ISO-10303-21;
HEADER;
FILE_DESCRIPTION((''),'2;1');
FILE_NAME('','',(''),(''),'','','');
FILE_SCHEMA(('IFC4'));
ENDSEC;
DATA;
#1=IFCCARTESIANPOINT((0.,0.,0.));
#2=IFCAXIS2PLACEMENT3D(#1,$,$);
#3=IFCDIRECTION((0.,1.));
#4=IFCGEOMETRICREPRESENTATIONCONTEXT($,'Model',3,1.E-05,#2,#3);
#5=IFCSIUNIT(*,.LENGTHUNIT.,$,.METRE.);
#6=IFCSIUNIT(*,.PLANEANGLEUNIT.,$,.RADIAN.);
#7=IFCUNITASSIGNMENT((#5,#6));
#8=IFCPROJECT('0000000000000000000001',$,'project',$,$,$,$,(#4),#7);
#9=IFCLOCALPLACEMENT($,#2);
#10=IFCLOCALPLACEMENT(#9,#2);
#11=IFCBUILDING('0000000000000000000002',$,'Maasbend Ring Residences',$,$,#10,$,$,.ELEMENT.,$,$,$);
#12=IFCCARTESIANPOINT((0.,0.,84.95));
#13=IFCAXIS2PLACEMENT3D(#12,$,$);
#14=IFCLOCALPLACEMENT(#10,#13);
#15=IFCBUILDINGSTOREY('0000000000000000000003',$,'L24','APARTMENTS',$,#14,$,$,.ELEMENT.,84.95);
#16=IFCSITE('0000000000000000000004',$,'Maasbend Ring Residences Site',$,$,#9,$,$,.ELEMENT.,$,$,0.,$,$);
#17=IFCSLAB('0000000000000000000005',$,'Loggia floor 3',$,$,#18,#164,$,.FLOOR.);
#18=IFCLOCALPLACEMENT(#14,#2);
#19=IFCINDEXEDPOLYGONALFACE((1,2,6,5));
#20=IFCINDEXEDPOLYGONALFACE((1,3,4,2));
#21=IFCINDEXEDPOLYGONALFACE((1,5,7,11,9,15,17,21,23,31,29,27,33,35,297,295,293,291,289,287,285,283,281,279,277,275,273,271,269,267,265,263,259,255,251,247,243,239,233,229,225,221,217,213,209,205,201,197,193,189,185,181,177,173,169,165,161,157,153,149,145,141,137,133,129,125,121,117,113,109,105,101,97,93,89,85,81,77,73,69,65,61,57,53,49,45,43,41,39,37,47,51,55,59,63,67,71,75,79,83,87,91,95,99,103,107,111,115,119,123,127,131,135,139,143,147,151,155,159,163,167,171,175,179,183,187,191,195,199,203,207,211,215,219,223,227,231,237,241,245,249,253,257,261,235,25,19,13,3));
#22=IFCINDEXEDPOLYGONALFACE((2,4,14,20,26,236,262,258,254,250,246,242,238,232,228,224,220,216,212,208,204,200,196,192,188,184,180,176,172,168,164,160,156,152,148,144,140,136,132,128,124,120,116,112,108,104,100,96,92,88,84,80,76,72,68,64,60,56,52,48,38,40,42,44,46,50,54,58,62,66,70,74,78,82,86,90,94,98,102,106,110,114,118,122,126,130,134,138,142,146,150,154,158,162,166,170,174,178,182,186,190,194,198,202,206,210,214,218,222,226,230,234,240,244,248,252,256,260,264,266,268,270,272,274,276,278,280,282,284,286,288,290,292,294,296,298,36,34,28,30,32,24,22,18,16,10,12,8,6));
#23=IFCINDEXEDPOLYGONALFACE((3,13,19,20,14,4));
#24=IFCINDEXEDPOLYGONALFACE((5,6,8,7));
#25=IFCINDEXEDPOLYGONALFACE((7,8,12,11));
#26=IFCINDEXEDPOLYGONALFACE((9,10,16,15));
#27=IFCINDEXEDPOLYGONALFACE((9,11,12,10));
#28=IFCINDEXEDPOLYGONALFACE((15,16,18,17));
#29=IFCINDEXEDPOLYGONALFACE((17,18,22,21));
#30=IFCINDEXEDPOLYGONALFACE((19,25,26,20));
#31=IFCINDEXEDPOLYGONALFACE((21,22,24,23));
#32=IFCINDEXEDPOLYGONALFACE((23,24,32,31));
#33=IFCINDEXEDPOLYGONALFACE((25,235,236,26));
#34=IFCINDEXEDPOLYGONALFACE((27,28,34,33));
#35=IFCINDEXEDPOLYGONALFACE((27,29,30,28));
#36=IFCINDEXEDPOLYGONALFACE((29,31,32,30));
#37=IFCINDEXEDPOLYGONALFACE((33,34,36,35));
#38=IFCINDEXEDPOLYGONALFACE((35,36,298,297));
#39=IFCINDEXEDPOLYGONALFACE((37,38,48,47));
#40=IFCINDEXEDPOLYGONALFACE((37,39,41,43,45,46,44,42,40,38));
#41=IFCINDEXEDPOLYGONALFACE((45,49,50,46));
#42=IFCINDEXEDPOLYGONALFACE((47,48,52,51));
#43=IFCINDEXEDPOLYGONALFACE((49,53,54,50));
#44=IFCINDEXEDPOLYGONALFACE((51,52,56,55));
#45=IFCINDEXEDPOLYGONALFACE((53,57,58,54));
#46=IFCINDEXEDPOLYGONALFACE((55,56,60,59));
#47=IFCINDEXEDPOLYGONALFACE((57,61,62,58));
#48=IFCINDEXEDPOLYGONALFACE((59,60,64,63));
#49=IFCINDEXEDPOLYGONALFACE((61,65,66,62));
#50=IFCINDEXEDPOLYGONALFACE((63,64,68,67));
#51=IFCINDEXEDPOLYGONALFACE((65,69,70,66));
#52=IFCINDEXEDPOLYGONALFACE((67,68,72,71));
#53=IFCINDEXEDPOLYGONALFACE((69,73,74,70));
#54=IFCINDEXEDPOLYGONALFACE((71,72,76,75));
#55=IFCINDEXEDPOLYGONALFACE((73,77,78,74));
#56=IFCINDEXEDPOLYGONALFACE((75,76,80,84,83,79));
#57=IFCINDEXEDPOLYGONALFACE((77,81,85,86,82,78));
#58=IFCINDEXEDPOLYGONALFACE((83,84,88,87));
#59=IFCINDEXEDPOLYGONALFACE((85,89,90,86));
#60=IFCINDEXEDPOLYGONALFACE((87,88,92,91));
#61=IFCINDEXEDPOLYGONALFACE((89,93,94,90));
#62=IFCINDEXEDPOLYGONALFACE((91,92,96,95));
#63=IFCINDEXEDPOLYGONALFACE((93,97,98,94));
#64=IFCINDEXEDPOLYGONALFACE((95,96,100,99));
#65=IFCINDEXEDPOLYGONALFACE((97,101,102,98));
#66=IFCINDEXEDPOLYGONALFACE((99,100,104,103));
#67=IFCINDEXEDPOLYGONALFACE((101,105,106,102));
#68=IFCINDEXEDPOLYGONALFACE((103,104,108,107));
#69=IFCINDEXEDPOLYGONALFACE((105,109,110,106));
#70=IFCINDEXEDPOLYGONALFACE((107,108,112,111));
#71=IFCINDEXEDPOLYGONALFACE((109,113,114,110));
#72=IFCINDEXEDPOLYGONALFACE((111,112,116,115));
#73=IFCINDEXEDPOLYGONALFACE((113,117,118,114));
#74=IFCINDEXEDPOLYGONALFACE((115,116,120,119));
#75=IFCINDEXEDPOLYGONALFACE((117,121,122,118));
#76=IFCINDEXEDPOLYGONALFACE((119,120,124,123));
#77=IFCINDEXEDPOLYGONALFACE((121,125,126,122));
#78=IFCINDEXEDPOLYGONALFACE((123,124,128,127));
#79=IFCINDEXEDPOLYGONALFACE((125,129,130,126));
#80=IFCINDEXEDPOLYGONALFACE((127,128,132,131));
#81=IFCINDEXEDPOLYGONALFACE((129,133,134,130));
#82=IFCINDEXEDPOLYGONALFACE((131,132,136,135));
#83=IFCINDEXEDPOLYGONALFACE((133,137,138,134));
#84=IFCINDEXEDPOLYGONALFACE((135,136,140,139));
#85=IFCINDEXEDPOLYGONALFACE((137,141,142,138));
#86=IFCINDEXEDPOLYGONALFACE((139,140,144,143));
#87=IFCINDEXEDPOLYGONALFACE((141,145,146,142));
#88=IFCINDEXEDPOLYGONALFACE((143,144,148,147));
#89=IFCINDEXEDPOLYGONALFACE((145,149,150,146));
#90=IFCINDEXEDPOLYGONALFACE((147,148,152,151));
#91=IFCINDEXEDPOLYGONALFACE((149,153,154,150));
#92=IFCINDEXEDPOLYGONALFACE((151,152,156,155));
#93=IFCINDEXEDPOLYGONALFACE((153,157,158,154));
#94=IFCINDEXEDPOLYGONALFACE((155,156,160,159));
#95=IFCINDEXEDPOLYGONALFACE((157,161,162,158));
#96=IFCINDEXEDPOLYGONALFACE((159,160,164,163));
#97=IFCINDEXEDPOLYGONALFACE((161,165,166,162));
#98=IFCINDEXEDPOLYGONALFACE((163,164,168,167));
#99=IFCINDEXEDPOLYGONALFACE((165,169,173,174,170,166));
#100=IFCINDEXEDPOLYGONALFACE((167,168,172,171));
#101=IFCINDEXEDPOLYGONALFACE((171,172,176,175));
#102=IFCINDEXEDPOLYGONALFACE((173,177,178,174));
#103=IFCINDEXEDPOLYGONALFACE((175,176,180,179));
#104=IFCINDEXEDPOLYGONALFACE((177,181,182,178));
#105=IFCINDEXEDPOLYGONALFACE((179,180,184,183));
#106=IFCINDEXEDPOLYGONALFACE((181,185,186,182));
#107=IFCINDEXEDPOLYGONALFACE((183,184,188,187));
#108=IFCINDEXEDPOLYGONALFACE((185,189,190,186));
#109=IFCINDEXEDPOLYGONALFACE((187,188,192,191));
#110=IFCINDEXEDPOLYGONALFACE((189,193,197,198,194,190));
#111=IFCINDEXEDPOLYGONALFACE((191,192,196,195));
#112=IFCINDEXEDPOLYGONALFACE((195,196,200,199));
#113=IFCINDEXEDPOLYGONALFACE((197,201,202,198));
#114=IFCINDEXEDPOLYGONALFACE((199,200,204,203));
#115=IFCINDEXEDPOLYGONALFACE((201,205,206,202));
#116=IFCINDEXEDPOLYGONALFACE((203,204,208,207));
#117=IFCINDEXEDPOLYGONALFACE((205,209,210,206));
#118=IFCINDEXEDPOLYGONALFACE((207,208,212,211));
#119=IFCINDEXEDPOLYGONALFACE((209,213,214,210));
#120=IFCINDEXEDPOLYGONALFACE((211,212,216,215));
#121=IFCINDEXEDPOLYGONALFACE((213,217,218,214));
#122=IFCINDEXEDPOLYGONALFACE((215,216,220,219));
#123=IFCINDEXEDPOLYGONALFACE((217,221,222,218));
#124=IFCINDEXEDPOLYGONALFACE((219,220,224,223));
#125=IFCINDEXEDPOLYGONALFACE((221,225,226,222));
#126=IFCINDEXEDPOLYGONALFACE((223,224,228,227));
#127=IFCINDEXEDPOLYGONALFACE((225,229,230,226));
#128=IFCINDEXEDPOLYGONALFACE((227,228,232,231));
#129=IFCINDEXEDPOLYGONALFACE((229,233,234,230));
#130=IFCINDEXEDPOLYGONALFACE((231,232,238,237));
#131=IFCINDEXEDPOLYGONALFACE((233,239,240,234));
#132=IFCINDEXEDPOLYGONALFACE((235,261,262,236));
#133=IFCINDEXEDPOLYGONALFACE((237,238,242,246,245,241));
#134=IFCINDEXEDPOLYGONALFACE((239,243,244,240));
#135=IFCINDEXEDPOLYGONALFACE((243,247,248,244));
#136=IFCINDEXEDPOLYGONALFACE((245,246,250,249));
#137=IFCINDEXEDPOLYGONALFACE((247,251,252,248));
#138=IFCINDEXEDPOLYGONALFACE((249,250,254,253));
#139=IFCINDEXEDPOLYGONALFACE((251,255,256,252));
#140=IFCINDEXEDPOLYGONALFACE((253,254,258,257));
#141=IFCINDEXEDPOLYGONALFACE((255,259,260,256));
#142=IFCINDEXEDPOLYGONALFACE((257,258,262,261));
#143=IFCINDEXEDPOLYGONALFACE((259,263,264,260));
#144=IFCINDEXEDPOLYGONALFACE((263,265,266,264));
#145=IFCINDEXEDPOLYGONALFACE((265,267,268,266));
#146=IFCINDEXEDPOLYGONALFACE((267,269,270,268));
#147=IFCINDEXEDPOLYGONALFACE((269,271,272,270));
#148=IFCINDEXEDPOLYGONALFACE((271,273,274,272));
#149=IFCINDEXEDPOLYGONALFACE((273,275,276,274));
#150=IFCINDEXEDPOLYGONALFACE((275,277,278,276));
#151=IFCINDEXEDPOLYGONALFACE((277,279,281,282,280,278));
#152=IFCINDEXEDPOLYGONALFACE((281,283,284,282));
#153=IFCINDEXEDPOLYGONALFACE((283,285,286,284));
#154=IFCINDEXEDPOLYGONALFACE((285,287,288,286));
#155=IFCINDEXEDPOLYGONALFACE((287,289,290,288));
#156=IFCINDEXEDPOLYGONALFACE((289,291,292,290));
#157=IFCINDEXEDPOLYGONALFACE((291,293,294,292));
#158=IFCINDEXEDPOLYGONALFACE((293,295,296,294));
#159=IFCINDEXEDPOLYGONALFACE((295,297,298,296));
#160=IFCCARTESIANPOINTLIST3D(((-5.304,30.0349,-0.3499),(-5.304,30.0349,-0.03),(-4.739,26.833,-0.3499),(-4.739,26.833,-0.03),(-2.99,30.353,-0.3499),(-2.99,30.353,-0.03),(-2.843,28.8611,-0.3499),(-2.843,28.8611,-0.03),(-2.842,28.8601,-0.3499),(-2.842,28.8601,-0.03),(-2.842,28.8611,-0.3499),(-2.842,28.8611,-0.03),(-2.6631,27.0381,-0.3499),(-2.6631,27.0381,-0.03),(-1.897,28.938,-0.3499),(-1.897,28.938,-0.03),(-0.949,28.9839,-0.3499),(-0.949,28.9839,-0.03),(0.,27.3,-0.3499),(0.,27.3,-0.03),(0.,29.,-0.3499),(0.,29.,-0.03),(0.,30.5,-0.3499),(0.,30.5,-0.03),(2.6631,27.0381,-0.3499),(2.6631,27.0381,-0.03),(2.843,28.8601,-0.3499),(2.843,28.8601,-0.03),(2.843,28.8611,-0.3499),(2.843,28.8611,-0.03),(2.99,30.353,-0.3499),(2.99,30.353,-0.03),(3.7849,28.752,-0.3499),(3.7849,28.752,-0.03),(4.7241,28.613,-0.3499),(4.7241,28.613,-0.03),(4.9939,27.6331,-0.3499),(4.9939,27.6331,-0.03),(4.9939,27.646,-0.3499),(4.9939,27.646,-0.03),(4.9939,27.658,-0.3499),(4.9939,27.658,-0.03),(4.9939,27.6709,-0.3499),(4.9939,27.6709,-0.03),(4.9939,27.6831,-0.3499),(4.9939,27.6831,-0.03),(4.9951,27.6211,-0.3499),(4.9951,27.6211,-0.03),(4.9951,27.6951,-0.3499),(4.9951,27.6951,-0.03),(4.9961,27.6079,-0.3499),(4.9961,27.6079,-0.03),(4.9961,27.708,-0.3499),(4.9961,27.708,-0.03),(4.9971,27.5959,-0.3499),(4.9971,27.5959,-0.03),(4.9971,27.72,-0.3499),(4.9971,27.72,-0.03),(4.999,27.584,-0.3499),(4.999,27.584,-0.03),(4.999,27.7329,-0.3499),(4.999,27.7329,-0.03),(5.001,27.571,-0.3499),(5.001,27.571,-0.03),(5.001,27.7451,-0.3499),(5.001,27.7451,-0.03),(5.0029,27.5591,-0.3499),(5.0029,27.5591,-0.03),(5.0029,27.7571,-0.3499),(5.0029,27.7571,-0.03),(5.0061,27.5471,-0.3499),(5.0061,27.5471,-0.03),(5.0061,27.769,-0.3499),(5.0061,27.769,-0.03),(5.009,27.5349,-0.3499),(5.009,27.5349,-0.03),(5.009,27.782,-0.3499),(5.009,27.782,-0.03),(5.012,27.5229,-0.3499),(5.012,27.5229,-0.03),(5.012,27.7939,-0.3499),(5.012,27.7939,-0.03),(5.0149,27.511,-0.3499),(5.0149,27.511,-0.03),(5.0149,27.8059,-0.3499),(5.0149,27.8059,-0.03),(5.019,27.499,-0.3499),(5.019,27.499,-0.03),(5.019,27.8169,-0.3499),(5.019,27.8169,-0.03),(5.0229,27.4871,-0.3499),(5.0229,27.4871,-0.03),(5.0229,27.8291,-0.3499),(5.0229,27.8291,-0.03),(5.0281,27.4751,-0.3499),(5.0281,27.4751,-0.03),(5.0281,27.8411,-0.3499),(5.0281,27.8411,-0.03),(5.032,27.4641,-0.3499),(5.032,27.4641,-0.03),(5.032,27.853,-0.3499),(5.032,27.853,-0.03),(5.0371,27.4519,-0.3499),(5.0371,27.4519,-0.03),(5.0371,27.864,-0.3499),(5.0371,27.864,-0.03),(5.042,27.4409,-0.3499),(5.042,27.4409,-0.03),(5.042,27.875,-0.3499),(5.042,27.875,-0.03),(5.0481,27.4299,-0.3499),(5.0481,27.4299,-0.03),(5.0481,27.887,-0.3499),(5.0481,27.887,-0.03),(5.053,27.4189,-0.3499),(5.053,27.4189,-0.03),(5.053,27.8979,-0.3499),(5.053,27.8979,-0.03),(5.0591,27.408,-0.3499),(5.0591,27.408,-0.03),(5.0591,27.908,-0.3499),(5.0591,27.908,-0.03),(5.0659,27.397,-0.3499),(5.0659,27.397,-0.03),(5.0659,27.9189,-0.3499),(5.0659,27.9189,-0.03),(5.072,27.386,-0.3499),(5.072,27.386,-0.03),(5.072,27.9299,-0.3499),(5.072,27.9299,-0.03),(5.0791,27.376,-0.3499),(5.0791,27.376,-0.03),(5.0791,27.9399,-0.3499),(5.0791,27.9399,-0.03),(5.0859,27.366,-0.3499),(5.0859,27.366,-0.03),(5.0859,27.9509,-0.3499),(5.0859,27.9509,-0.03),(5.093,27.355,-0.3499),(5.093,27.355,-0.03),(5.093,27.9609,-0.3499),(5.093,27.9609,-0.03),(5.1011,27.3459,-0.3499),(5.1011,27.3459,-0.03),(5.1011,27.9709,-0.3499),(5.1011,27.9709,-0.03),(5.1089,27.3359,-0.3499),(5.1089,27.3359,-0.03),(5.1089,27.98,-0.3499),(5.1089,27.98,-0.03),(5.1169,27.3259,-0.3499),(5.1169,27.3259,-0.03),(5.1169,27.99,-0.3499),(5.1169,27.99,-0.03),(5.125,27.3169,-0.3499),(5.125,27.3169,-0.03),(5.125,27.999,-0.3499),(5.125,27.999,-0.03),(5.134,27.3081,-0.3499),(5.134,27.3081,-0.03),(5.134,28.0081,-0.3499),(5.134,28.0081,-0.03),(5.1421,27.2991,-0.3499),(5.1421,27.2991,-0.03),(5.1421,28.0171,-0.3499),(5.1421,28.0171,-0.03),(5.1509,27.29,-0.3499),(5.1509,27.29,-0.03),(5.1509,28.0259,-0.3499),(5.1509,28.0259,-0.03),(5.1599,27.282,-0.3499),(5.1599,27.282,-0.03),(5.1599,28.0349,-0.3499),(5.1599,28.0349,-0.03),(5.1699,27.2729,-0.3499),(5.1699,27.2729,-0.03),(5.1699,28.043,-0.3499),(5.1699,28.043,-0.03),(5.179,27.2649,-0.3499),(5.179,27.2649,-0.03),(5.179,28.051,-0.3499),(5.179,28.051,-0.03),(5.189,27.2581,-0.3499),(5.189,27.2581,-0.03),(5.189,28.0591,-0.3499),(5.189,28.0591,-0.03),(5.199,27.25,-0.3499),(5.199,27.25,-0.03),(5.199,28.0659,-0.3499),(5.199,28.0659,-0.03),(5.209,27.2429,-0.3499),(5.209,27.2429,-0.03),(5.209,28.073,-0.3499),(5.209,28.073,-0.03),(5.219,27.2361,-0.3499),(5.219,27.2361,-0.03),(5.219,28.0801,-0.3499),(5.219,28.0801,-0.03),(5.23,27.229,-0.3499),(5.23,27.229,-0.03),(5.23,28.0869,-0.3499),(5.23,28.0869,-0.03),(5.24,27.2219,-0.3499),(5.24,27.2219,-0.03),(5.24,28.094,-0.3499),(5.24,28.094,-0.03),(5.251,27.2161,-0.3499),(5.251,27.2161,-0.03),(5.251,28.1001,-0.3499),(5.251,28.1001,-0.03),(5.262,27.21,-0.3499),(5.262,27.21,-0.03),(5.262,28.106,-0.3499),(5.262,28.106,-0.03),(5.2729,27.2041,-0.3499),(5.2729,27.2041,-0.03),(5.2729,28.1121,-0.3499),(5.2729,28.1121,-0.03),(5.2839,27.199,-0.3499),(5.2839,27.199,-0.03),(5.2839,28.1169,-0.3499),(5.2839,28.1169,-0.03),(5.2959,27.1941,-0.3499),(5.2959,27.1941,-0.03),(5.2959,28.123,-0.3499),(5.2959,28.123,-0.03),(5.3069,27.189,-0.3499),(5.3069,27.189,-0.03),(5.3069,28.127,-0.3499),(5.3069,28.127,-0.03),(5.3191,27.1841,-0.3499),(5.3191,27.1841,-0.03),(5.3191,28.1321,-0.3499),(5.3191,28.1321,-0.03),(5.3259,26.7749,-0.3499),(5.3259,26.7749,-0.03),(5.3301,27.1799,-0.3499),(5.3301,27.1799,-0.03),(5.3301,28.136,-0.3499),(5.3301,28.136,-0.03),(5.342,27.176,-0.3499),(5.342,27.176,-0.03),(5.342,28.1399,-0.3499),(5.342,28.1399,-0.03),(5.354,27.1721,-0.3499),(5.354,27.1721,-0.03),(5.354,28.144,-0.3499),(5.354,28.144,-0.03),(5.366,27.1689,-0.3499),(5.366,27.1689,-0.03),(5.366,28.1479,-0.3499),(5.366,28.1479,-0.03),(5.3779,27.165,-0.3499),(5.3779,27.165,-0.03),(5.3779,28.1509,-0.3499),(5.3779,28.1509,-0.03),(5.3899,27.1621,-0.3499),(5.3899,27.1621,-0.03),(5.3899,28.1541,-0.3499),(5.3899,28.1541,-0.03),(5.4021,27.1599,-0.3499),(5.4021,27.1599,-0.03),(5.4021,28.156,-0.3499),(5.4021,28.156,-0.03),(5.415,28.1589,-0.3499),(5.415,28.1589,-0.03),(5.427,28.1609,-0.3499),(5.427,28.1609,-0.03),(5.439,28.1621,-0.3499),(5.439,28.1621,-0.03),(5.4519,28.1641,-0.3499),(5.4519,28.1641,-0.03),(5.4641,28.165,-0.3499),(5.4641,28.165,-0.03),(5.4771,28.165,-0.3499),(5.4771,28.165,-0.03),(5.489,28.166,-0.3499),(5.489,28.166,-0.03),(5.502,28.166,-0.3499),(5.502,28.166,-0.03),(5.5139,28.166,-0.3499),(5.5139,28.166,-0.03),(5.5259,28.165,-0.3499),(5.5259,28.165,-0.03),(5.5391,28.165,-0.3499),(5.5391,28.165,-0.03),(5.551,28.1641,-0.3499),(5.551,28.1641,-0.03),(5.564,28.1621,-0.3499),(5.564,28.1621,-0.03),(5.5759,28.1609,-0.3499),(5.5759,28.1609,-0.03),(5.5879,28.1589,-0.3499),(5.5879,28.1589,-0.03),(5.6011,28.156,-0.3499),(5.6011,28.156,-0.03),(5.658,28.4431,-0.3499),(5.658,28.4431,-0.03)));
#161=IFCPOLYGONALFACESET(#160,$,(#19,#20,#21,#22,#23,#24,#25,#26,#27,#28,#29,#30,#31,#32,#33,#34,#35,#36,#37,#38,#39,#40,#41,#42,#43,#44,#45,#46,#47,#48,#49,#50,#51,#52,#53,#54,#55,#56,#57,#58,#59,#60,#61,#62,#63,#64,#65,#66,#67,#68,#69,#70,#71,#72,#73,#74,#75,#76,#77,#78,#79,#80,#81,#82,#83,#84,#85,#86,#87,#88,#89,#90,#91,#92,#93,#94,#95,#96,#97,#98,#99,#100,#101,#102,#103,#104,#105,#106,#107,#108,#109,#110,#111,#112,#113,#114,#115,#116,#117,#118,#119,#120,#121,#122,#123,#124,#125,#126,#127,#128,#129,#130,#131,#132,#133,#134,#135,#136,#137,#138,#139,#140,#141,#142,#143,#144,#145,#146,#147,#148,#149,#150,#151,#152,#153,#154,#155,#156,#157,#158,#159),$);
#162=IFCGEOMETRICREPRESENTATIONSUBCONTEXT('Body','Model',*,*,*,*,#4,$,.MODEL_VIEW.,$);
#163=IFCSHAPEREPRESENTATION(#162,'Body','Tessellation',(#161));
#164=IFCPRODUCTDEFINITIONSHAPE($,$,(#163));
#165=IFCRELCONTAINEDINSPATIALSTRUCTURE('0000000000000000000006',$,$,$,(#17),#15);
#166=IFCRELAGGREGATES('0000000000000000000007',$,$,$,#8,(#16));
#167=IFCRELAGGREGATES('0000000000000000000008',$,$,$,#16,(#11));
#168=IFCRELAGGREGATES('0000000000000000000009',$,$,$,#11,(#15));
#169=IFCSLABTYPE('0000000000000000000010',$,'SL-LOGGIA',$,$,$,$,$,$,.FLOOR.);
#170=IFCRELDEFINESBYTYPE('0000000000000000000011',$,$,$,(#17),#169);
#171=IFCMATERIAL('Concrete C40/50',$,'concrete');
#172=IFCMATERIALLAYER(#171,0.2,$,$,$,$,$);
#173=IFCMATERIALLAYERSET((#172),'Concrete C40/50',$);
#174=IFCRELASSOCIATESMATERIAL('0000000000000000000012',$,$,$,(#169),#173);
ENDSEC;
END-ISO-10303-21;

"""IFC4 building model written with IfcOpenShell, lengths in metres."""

from ifc_helpers import new_model, si_unit, direction, frame, origin, place, context, subcontext, project, spatial, polyline, outline, extrude, material, layer, layer_set, type_object, element, save


model = new_model("IFC4")

# Units and contexts
model_context = context("Model", 3, precision=1e-05, world=origin(), true_north=direction((0.0, 1.0)))
body_context = subcontext(model_context, "Body", "Model", "MODEL_VIEW")
ifc_project = project(units=[si_unit("LENGTHUNIT", "METRE"), si_unit("PLANEANGLEUNIT", "RADIAN")], contexts=[model_context])

# Site, building, storey
site_placement = place(None, origin())
site = spatial("IfcSite", under=ifc_project, at=site_placement, Name="Maasbend Ring Residences Site", CompositionType="ELEMENT", RefElevation=0.0)
building_placement = place(site_placement, origin())
building = spatial("IfcBuilding", under=site, at=building_placement, Name="Maasbend Ring Residences", CompositionType="ELEMENT")
storey_placement = place(building_placement, frame((0.0, 0.0, 84.95)))
storey = spatial("IfcBuildingStorey", under=building, at=storey_placement, Name="L24", Description="APARTMENTS", CompositionType="ELEMENT", Elevation=84.95)

# Slab
ifc_material_1 = material(Name="Concrete C40/50", Category="concrete")
ifc_layer_1 = layer(ifc_material_1, 0.2)
ifc_layer_set_1 = layer_set([ifc_layer_1], Name="Concrete C40/50")
slab_type_1 = type_object("IfcSlabType", Name="SL-LOGGIA", PredefinedType="FLOOR", material=ifc_layer_set_1)
slab_1_placement = place(storey_placement, frame((0.0, 0.0, -0.3499)))
element("IfcSlab", 1, at=slab_1_placement, inside=storey, type_object=slab_type_1, Name="Loggia floor 3", PredefinedType="FLOOR", context=body_context, shape_type="SweptSolid", body=[
    extrude(outline(polyline([(-2.843, 28.8611), (-2.843, 28.8611), (-2.843, 28.8611), (-2.843, 28.8611), (-2.842, 28.8611), (-2.842, 28.8611), (-2.842, 28.8611), (-2.842, 28.8611), (-2.842, 28.8611), (-2.842, 28.8601), (-2.842, 28.8601), (-2.842, 28.8601), (-2.842, 28.8601), (-2.842, 28.8601), (-2.842, 28.8601), (-2.842, 28.8601), (-2.842, 28.8601), (-1.897, 28.938), (-1.897, 28.938), (-0.949, 28.9839), (-0.949, 28.9839), (0.0, 29.0), (0.0, 29.0), (0.0, 29.0), (0.0, 29.0), (0.0, 29.0), (0.0, 29.0), (0.0, 29.0), (0.0, 29.0), (0.0, 29.0), (0.0, 29.0), (0.0, 29.0), (0.0, 29.0), (0.0, 29.0), (0.0, 29.0), (0.0, 29.0), (0.0, 29.0), (0.0, 29.0), (0.0, 30.5), (0.0, 30.5), (0.0, 30.5), (2.99, 30.353), (2.99, 30.353), (2.99, 30.353), (2.843, 28.8611), (2.843, 28.8611), (2.843, 28.8611), (2.843, 28.8611), (2.843, 28.8611), (2.843, 28.8611), (2.843, 28.8611), (2.843, 28.8611), (2.843, 28.8601), (2.843, 28.8601), (2.843, 28.8601), (2.843, 28.8601), (2.843, 28.8601), (2.843, 28.8601), (2.843, 28.8601), (2.843, 28.8601), (2.843, 28.8601), (3.7849, 28.752), (3.7849, 28.752), (4.7241, 28.613), (4.7241, 28.613), (5.658, 28.4431), (5.658, 28.4431), (5.658, 28.4431), (5.6011, 28.156), (5.6011, 28.156), (5.5879, 28.1589), (5.5759, 28.1609), (5.564, 28.1621), (5.551, 28.1641), (5.5391, 28.165), (5.5259, 28.165), (5.5139, 28.166), (5.502, 28.166), (5.489, 28.166), (5.4771, 28.165), (5.4641, 28.165), (5.4519, 28.1641), (5.439, 28.1621), (5.427, 28.1609), (5.415, 28.1589), (5.4021, 28.156), (5.3899, 28.1541), (5.3779, 28.1509), (5.366, 28.1479), (5.354, 28.144), (5.342, 28.1399), (5.3301, 28.136), (5.3191, 28.1321), (5.3069, 28.127), (5.2959, 28.123), (5.2839, 28.1169), (5.2729, 28.1121), (5.262, 28.106), (5.251, 28.1001), (5.24, 28.094), (5.23, 28.0869), (5.219, 28.0801), (5.209, 28.073), (5.199, 28.0659), (5.189, 28.0591), (5.179, 28.051), (5.1699, 28.043), (5.1599, 28.0349), (5.1509, 28.0259), (5.1421, 28.0171), (5.134, 28.0081), (5.125, 27.999), (5.1169, 27.99), (5.1089, 27.98), (5.1011, 27.9709), (5.093, 27.9609), (5.0859, 27.9509), (5.0791, 27.9399), (5.072, 27.9299), (5.0659, 27.9189), (5.0591, 27.908), (5.053, 27.8979), (5.0481, 27.887), (5.042, 27.875), (5.0371, 27.864), (5.032, 27.853), (5.0281, 27.8411), (5.0229, 27.8291), (5.019, 27.8169), (5.0149, 27.8059), (5.012, 27.7939), (5.009, 27.782), (5.0061, 27.769), (5.0029, 27.7571), (5.001, 27.7451), (4.999, 27.7329), (4.9971, 27.72), (4.9961, 27.708), (4.9951, 27.6951), (4.9939, 27.6831), (4.9939, 27.6709), (4.9939, 27.658), (4.9939, 27.646), (4.9939, 27.6331), (4.9951, 27.6211), (4.9961, 27.6079), (4.9971, 27.5959), (4.999, 27.584), (5.001, 27.571), (5.0029, 27.5591), (5.0061, 27.5471), (5.009, 27.5349), (5.012, 27.5229), (5.0149, 27.511), (5.019, 27.499), (5.0229, 27.4871), (5.0281, 27.4751), (5.032, 27.4641), (5.0371, 27.4519), (5.042, 27.4409), (5.0481, 27.4299), (5.053, 27.4189), (5.0591, 27.408), (5.0659, 27.397), (5.072, 27.386), (5.0791, 27.376), (5.0859, 27.366), (5.093, 27.355), (5.1011, 27.3459), (5.1089, 27.3359), (5.1169, 27.3259), (5.125, 27.3169), (5.134, 27.3081), (5.1421, 27.2991), (5.1509, 27.29), (5.1599, 27.282), (5.1699, 27.2729), (5.179, 27.2649), (5.189, 27.2581), (5.199, 27.25), (5.209, 27.2429), (5.219, 27.2361), (5.23, 27.229), (5.24, 27.2219), (5.251, 27.2161), (5.262, 27.21), (5.2729, 27.2041), (5.2839, 27.199), (5.2959, 27.1941), (5.3069, 27.189), (5.3191, 27.1841), (5.3301, 27.1799), (5.342, 27.176), (5.354, 27.1721), (5.366, 27.1689), (5.3779, 27.165), (5.3899, 27.1621), (5.4021, 27.1599), (5.4021, 27.1599), (5.3259, 26.7749), (5.3259, 26.7749), (5.3259, 26.7749), (2.6631, 27.0381), (0.0, 27.3), (0.0, 27.3), (0.0, 27.3), (-2.6631, 27.0381), (-4.739, 26.833), (-4.739, 26.833), (-4.739, 26.833), (-5.304, 30.0349), (-5.304, 30.0349), (-5.304, 30.0349), (-2.99, 30.353), (-2.99, 30.353), (-2.99, 30.353), (-2.843, 28.8611)])), origin(), (0.0, 0.0, 1.0), 0.3198),
])

save(model, "model.ifc")
